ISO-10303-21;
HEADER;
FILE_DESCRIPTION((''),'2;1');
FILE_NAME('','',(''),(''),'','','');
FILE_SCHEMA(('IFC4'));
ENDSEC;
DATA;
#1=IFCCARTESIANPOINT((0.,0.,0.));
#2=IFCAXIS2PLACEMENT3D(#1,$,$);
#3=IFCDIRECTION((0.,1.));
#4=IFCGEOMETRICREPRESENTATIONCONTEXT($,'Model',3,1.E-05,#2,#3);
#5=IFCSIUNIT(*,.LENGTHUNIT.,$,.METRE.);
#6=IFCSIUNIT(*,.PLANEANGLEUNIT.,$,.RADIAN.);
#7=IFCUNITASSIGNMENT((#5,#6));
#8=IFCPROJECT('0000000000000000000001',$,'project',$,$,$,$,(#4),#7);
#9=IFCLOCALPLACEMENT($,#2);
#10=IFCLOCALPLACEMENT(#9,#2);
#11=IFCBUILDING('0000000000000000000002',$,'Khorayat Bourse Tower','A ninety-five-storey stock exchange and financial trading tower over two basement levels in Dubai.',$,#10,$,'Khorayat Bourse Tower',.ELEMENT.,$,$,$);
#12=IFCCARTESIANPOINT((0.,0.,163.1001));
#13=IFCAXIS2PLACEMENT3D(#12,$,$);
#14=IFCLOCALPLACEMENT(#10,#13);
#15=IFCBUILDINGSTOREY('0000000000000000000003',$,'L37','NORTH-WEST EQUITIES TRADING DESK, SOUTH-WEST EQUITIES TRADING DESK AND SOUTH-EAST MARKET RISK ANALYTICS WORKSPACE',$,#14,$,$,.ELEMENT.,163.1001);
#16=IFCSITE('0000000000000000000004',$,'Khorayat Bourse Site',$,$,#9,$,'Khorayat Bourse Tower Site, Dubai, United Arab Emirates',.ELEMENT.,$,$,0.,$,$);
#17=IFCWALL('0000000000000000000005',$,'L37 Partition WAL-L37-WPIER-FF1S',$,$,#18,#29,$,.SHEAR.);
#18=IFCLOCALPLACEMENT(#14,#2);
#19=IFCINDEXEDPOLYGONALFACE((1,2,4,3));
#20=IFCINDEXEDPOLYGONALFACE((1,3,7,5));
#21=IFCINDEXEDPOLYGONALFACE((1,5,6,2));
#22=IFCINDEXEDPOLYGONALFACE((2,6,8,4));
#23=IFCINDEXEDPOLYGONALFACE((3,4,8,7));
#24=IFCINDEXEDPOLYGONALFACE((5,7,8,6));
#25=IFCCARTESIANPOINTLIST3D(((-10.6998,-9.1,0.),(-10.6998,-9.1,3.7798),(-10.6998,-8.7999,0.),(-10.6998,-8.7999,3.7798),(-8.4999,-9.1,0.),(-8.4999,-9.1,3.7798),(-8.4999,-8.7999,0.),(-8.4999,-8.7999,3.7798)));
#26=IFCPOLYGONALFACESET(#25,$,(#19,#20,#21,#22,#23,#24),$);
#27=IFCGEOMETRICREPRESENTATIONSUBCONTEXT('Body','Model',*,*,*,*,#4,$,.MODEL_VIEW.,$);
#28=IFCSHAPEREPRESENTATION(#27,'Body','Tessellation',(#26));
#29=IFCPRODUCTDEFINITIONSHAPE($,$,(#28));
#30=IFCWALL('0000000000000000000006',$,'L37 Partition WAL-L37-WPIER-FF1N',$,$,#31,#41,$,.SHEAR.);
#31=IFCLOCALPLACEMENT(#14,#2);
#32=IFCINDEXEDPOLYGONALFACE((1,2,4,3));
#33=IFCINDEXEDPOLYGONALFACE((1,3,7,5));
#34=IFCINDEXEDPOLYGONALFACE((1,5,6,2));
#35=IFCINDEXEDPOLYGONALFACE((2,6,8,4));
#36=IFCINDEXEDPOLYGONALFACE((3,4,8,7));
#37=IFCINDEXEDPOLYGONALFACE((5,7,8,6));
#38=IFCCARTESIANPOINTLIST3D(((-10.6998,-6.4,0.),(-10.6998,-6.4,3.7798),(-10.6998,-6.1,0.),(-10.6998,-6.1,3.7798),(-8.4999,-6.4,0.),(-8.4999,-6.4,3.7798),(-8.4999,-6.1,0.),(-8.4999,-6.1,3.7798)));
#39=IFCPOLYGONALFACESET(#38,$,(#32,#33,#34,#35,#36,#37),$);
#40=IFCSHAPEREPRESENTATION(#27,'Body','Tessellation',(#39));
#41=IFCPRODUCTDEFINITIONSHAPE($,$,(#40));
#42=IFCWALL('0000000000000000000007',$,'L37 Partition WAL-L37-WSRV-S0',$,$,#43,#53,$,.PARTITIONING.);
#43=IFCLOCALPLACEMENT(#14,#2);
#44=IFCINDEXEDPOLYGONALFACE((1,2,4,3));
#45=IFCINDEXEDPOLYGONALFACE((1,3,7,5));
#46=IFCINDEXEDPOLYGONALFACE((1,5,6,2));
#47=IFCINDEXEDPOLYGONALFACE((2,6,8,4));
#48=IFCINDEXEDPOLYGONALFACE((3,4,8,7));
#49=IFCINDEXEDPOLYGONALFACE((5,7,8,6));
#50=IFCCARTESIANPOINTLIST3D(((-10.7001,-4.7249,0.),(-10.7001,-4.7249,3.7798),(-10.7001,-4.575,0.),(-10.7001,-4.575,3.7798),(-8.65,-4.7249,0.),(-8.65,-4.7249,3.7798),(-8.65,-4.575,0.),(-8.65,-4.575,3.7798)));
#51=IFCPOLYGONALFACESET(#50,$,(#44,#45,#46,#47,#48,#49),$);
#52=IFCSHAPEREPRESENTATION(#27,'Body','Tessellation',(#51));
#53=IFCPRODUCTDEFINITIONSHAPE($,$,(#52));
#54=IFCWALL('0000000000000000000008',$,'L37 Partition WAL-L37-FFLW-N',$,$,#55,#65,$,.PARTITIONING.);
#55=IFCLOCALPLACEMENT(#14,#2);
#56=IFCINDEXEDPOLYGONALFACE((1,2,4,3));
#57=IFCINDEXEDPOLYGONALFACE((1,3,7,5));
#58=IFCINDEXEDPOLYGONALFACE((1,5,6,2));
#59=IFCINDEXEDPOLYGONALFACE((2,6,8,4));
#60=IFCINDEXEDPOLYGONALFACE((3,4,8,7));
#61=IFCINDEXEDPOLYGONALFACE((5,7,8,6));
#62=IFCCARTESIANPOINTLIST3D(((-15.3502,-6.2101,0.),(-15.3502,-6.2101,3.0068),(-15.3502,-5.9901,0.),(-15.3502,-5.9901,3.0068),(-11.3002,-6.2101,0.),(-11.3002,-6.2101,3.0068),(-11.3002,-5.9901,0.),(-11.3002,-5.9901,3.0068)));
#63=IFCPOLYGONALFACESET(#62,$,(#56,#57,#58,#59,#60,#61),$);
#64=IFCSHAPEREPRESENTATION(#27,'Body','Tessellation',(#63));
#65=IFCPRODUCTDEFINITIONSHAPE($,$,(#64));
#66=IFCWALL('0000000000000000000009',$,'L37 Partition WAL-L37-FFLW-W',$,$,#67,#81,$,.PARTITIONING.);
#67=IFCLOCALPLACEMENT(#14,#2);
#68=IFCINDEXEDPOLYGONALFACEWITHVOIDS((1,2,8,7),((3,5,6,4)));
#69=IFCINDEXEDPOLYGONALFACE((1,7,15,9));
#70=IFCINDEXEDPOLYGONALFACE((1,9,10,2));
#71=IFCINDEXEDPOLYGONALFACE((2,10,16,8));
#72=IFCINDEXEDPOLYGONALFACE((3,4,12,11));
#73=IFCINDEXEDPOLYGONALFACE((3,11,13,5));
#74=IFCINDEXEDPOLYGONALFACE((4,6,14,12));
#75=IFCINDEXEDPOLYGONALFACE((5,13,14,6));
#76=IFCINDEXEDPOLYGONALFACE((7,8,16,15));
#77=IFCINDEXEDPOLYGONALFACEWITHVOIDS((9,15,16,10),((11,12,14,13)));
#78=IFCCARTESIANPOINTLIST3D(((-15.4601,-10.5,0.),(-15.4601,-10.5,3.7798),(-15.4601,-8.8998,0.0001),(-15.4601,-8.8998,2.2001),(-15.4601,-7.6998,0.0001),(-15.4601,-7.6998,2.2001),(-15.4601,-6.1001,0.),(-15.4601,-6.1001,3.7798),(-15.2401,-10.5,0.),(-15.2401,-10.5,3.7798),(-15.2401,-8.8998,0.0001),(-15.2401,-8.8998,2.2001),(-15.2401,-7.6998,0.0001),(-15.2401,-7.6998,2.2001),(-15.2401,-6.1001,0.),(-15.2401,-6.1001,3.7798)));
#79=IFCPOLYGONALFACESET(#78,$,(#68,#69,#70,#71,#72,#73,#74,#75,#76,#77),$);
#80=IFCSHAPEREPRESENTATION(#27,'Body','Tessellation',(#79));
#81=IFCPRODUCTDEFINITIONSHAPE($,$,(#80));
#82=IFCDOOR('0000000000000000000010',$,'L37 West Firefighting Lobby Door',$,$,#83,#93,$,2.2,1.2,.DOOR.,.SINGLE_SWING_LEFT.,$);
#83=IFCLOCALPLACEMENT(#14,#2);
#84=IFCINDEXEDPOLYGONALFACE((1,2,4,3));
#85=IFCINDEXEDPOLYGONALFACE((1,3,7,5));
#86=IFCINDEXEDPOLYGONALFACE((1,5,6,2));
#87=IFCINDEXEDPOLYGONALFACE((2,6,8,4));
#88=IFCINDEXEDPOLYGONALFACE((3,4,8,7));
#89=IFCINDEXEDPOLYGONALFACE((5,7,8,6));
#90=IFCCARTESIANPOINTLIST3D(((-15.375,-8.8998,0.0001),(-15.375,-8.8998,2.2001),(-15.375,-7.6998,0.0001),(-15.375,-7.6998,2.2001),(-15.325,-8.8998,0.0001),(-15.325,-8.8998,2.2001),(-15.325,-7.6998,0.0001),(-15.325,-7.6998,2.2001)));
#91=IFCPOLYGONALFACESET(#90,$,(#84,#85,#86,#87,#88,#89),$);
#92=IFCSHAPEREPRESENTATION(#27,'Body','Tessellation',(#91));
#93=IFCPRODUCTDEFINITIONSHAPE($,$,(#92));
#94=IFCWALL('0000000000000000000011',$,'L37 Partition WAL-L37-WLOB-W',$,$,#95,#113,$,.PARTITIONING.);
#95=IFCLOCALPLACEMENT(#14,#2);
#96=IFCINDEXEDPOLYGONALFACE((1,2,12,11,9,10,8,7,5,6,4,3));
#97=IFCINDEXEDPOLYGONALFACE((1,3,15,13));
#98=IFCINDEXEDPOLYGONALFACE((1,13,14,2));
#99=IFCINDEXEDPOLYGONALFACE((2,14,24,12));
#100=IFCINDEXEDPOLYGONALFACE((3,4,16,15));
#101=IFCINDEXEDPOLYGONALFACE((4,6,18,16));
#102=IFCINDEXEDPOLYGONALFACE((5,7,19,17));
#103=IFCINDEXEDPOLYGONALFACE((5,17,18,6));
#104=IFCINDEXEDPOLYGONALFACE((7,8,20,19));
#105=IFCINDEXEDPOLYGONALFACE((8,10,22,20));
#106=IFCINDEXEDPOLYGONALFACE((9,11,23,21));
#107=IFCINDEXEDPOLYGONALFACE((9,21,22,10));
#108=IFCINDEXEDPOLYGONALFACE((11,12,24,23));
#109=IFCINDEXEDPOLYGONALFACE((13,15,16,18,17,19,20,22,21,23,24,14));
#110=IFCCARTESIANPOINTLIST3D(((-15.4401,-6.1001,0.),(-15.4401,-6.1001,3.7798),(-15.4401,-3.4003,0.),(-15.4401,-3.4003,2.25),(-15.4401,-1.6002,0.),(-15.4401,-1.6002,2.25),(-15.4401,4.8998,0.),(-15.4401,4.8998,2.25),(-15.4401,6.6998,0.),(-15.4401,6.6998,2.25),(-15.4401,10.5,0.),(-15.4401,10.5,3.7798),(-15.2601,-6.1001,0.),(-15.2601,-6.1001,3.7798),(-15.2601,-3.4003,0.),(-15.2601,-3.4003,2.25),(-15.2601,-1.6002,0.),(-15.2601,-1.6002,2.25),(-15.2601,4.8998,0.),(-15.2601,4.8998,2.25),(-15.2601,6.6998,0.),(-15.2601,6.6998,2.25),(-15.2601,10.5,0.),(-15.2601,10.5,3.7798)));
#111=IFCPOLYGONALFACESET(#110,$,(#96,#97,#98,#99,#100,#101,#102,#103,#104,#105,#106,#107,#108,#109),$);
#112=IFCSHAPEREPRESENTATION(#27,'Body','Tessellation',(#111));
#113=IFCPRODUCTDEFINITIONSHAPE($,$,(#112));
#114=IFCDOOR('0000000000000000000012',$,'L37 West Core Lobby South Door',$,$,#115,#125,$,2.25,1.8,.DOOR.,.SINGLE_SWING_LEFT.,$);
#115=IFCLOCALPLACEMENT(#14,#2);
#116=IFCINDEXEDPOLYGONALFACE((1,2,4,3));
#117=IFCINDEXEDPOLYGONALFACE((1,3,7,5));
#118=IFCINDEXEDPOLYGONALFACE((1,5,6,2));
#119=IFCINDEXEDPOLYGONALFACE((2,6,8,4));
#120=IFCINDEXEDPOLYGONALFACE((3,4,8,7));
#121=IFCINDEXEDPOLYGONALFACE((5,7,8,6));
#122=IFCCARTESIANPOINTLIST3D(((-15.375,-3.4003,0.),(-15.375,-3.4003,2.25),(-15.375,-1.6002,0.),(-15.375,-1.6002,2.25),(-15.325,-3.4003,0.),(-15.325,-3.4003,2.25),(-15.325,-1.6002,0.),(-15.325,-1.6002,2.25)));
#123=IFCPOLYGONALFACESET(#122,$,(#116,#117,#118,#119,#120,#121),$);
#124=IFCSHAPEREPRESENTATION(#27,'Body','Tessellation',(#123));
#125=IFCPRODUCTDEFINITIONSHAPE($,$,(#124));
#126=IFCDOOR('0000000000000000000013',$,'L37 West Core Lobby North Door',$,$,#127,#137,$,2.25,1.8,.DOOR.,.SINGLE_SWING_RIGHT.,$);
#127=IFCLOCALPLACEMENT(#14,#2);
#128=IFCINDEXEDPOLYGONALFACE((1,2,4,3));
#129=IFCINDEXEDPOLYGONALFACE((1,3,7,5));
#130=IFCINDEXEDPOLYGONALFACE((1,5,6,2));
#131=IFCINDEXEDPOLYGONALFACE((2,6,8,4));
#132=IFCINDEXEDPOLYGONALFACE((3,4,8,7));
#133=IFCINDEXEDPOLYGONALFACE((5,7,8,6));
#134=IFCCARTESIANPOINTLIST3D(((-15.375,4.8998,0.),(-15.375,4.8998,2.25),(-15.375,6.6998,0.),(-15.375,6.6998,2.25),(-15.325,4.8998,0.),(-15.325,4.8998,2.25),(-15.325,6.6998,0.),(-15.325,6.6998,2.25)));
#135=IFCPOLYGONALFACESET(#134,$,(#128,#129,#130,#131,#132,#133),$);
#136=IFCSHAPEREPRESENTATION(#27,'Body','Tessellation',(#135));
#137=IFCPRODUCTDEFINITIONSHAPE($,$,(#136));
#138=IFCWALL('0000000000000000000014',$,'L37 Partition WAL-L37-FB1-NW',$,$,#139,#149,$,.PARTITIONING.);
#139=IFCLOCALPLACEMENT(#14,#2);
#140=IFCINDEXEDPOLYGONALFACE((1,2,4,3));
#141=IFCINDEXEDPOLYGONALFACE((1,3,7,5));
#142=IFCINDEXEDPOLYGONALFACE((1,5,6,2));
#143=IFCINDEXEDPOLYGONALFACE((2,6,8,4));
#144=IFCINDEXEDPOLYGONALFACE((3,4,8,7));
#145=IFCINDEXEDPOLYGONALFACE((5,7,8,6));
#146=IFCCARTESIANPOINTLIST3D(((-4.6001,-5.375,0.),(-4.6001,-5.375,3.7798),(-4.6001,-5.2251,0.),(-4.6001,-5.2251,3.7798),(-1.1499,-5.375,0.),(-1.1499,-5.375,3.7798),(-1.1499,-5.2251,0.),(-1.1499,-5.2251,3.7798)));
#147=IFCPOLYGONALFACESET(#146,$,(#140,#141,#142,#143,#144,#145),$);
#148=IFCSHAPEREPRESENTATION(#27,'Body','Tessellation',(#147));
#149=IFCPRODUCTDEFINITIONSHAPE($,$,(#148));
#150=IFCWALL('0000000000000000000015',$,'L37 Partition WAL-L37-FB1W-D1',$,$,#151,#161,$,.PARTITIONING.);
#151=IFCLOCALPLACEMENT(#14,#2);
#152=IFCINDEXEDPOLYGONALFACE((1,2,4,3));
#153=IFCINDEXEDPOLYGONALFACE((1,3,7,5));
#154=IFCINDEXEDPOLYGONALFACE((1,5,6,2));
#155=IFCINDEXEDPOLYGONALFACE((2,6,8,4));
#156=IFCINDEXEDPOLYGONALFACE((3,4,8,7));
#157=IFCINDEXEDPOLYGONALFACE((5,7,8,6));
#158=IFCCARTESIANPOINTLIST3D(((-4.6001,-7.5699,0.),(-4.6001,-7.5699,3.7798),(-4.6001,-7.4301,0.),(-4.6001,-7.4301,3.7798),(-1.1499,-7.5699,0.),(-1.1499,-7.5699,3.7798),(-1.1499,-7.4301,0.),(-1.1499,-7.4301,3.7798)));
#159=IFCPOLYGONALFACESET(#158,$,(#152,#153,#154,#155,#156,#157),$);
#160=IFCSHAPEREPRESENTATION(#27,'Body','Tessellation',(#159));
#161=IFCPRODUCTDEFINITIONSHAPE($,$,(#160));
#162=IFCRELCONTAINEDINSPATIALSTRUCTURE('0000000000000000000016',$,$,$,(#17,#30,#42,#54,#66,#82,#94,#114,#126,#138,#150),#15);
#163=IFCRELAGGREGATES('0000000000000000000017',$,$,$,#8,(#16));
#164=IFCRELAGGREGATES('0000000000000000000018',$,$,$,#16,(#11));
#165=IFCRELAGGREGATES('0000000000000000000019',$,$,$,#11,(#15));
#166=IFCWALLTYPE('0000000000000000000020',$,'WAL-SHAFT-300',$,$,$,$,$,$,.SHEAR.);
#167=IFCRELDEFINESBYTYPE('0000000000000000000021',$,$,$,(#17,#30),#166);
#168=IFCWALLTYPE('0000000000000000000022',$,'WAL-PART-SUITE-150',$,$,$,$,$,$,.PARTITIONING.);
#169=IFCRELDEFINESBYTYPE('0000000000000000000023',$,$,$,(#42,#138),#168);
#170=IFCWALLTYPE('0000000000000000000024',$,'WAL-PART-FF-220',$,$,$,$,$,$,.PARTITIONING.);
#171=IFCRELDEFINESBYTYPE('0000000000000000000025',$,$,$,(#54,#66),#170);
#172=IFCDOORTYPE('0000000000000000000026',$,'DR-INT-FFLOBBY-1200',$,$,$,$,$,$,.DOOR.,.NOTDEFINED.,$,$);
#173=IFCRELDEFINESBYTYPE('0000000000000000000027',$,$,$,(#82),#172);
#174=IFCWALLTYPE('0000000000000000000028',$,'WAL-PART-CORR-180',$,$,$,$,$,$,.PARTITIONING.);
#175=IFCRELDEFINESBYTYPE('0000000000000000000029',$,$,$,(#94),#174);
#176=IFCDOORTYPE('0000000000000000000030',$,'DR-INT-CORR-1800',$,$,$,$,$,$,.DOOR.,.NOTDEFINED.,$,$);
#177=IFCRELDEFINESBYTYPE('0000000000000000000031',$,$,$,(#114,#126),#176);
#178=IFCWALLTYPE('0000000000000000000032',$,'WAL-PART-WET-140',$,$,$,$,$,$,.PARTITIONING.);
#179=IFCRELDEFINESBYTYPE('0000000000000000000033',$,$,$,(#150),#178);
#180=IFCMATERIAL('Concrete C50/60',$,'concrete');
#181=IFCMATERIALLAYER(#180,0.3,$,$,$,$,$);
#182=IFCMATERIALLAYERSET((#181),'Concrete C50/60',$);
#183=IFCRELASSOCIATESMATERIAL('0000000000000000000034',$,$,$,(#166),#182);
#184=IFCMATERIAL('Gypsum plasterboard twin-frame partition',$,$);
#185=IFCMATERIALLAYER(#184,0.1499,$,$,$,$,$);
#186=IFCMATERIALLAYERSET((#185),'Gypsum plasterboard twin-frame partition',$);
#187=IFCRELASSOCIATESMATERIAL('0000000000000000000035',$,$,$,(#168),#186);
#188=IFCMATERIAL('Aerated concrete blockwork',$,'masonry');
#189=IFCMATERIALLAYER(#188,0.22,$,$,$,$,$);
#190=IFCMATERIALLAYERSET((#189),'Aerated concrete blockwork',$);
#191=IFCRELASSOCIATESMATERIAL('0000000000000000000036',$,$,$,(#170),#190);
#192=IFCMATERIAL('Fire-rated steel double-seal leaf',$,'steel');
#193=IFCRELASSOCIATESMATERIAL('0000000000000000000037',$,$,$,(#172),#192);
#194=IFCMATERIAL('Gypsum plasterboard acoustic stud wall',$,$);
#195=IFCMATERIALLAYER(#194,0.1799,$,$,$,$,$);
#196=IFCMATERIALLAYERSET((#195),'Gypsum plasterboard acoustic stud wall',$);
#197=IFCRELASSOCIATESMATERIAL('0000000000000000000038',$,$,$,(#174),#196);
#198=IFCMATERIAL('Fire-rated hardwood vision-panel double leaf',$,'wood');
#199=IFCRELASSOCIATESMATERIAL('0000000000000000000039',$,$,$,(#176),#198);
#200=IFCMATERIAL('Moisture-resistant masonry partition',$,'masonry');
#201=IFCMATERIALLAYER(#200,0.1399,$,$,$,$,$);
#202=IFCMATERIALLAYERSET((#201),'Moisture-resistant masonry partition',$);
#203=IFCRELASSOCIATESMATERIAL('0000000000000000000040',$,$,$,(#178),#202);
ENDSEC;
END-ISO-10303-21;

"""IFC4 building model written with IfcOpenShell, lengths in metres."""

from ifc_helpers import new_model, si_unit, direction, frame, frame_2d, origin, place, context, subcontext, project, spatial, rectangle, extrude, source, transform, mapped, material, layer, layer_set, type_object, element, fill, save


model = new_model("IFC4")

# Units and contexts
model_context = context("Model", 3, precision=1e-05, world=origin(), true_north=direction((0.0, 1.0)))
body_context = subcontext(model_context, "Body", "Model", "MODEL_VIEW")
ifc_project = project(units=[si_unit("LENGTHUNIT", "METRE"), si_unit("PLANEANGLEUNIT", "RADIAN")], contexts=[model_context])

# Site, building, storey
site_placement = place(None, origin())
site = spatial("IfcSite", under=ifc_project, at=site_placement, Name="Khorayat Bourse Site", LongName="Khorayat Bourse Tower Site, Dubai, United Arab Emirates", CompositionType="ELEMENT", RefElevation=0.0)
building_placement = place(site_placement, origin())
building = spatial("IfcBuilding", under=site, at=building_placement, Name="Khorayat Bourse Tower", Description="A ninety-five-storey stock exchange and financial trading tower over two basement levels in Dubai.", LongName="Khorayat Bourse Tower", CompositionType="ELEMENT")
storey_placement = place(building_placement, frame((0.0, 0.0, 163.1001)))
storey = spatial("IfcBuildingStorey", under=building, at=storey_placement, Name="L37", Description="NORTH-WEST EQUITIES TRADING DESK, SOUTH-WEST EQUITIES TRADING DESK AND SOUTH-EAST MARKET RISK ANALYTICS WORKSPACE", CompositionType="ELEMENT", Elevation=163.1001)

# Walls
ifc_material_1 = material(Name="Concrete C50/60", Category="concrete")
ifc_layer_1 = layer(ifc_material_1, 0.3)
ifc_layer_set_1 = layer_set([ifc_layer_1], Name="Concrete C50/60")
wall_type_1 = type_object("IfcWallType", Name="WAL-SHAFT-300", PredefinedType="SHEAR", material=ifc_layer_set_1)
shared_shape_1 = source(origin(), body_context, "Body", "SweptSolid", [
    extrude(rectangle(XDim=2.2, YDim=0.3, at=frame_2d((1.1001, 0.0))), origin(), (0.0, 0.0, 1.0), 3.7798),
])
for number, where, z_axis, x_axis, name in (
    (1, (-10.7, -8.95, 0.0), (0.0, 0.0, 1.0), (1.0, 0.0, 0.0), "L37 Partition WAL-L37-WPIER-FF1S"),
    (2, (-10.7, -6.25, 0.0), (0.0, 0.0, 1.0), (1.0, 0.0, 0.0), "L37 Partition WAL-L37-WPIER-FF1N"),
):
    element("IfcWall", number, at=place(storey_placement, frame(where, z_axis=z_axis, x_axis=x_axis)), inside=storey, type_object=wall_type_1, Name=name, PredefinedType="SHEAR", context=body_context, shape_type="MappedRepresentation", body=[
        mapped(shared_shape_1, transform((0.0, 0.0, 0.0), scale=1.0)),
    ])
ifc_material_2 = material(Name="Gypsum plasterboard twin-frame partition")
ifc_layer_2 = layer(ifc_material_2, 0.1499)
ifc_layer_set_2 = layer_set([ifc_layer_2], Name="Gypsum plasterboard twin-frame partition")
wall_type_2 = type_object("IfcWallType", Name="WAL-PART-SUITE-150", PredefinedType="PARTITIONING", material=ifc_layer_set_2)
shared_shape_2 = source(origin(), body_context, "Body", "SweptSolid", [
    extrude(rectangle(XDim=2.05, YDim=0.1499, at=frame_2d((1.0249, 0.0))), origin(), (0.0, 0.0, 1.0), 3.7798),
])
wall_1_placement = place(storey_placement, frame((-10.7, -4.6499, 0.0), z_axis=(0.0, 0.0, 1.0), x_axis=(1.0, 0.0, 0.0)))
element("IfcWall", 3, at=wall_1_placement, inside=storey, type_object=wall_type_2, Name="L37 Partition WAL-L37-WSRV-S0", PredefinedType="PARTITIONING", context=body_context, shape_type="MappedRepresentation", body=[
    mapped(shared_shape_2, transform((0.0, 0.0, 0.0), scale=1.0)),
])
ifc_material_3 = material(Name="Aerated concrete blockwork", Category="masonry")
ifc_layer_3 = layer(ifc_material_3, 0.22)
ifc_layer_set_3 = layer_set([ifc_layer_3], Name="Aerated concrete blockwork")
wall_type_3 = type_object("IfcWallType", Name="WAL-PART-FF-220", PredefinedType="PARTITIONING", material=ifc_layer_set_3)
shared_shape_3 = source(origin(), body_context, "Body", "SweptSolid", [
    extrude(rectangle(XDim=4.05, YDim=0.22, at=frame_2d((2.0249, 0.0))), origin(), (0.0, 0.0, 1.0), 3.0068),
])
wall_2_placement = place(storey_placement, frame((-15.3501, -6.1001, 0.0), z_axis=(0.0, 0.0, 1.0), x_axis=(1.0, 0.0, 0.0)))
element("IfcWall", 4, at=wall_2_placement, inside=storey, type_object=wall_type_3, Name="L37 Partition WAL-L37-FFLW-N", PredefinedType="PARTITIONING", context=body_context, shape_type="MappedRepresentation", body=[
    mapped(shared_shape_3, transform((0.0, 0.0, 0.0), scale=1.0)),
])

# Wall, opening, door
shared_shape_4 = source(origin(), body_context, "Body", "SweptSolid", [
    extrude(rectangle(XDim=4.3999, YDim=0.22, at=frame_2d((2.2, 0.0))), origin(), (0.0, 0.0, 1.0), 3.7798),
])
wall_3_placement = place(storey_placement, frame((-15.3501, -10.5, 0.0), z_axis=(0.0, 0.0, 1.0), x_axis=(0.0, 1.0, 0.0)))
wall_3 = element("IfcWall", 5, at=wall_3_placement, inside=storey, type_object=wall_type_3, Name="L37 Partition WAL-L37-FFLW-W", PredefinedType="PARTITIONING", context=body_context, shape_type="MappedRepresentation", body=[
    mapped(shared_shape_4, transform((0.0, 0.0, 0.0), scale=1.0)),
])
shared_shape_5 = source(origin(), body_context, "Body", "SweptSolid", [
    extrude(rectangle(XDim=1.2, YDim=2.2, at=frame_2d((0.6001, 1.1001))), frame((0.0, 0.1199, 0.0), z_axis=(0.0, -1.0, 0.0), x_axis=(1.0, 0.0, 0.0)), (0.0, 0.0, 1.0), 0.24),
])
opening_1_placement = place(wall_3_placement, frame((1.6001, 0.0, 0.0)))
opening_1 = element("IfcOpeningElement", 6, at=opening_1_placement, cuts=wall_3, PredefinedType="OPENING", context=body_context, shape_type="MappedRepresentation", body=[
    mapped(shared_shape_5, transform((0.0, 0.0, 0.0), scale=1.0)),
])
ifc_material_4 = material(Name="Fire-rated steel double-seal leaf", Category="steel")
door_type_1 = type_object("IfcDoorType", Name="DR-INT-FFLOBBY-1200", OperationType="NOTDEFINED", PredefinedType="DOOR", material=ifc_material_4)
shared_shape_6 = source(origin(), body_context, "Body", "SweptSolid", [
    extrude(rectangle(XDim=1.2, YDim=2.2, at=frame_2d((0.6001, 1.1001))), frame((0.0, 0.0249, 0.0), z_axis=(0.0, -1.0, 0.0), x_axis=(1.0, 0.0, 0.0)), (0.0, 0.0, 1.0), 0.05),
])
door_1_placement = place(opening_1_placement, origin())
door_1 = element("IfcDoor", 7, at=door_1_placement, inside=storey, type_object=door_type_1, Name="L37 West Firefighting Lobby Door", OperationType="SINGLE_SWING_LEFT", OverallHeight=2.2, OverallWidth=1.2, PredefinedType="DOOR", context=body_context, shape_type="MappedRepresentation", body=[
    mapped(shared_shape_6, transform((0.0, 0.0, 0.0), scale=1.0)),
])
fill(opening_1, door_1)

# Wall, openings, doors
ifc_material_5 = material(Name="Gypsum plasterboard acoustic stud wall")
ifc_layer_4 = layer(ifc_material_5, 0.1799)
ifc_layer_set_4 = layer_set([ifc_layer_4], Name="Gypsum plasterboard acoustic stud wall")
wall_type_4 = type_object("IfcWallType", Name="WAL-PART-CORR-180", PredefinedType="PARTITIONING", material=ifc_layer_set_4)
shared_shape_7 = source(origin(), body_context, "Body", "SweptSolid", [
    extrude(rectangle(XDim=16.6001, YDim=0.1799, at=frame_2d((8.3, 0.0))), origin(), (0.0, 0.0, 1.0), 3.7798),
])
wall_4_placement = place(storey_placement, frame((-15.3501, -6.1001, 0.0), z_axis=(0.0, 0.0, 1.0), x_axis=(0.0, 1.0, 0.0)))
wall_4 = element("IfcWall", 8, at=wall_4_placement, inside=storey, type_object=wall_type_4, Name="L37 Partition WAL-L37-WLOB-W", PredefinedType="PARTITIONING", context=body_context, shape_type="MappedRepresentation", body=[
    mapped(shared_shape_7, transform((0.0, 0.0, 0.0), scale=1.0)),
])
shared_shape_8 = source(origin(), body_context, "Body", "SweptSolid", [
    extrude(rectangle(XDim=1.8, YDim=2.25, at=frame_2d((0.8999, 1.125))), frame((0.0, 0.0999, 0.0), z_axis=(0.0, -1.0, 0.0), x_axis=(1.0, 0.0, 0.0)), (0.0, 0.0, 1.0), 0.2),
])
opening_2_placement = place(wall_4_placement, frame((2.7, 0.0, 0.0)))
opening_2 = element("IfcOpeningElement", 9, at=opening_2_placement, cuts=wall_4, PredefinedType="OPENING", context=body_context, shape_type="MappedRepresentation", body=[
    mapped(shared_shape_8, transform((0.0, 0.0, 0.0), scale=1.0)),
])
opening_3_placement = place(wall_4_placement, frame((11.0, 0.0, 0.0)))
opening_3 = element("IfcOpeningElement", 10, at=opening_3_placement, cuts=wall_4, PredefinedType="OPENING", context=body_context, shape_type="MappedRepresentation", body=[
    mapped(shared_shape_8, transform((0.0, 0.0, 0.0), scale=1.0)),
])
ifc_material_6 = material(Name="Fire-rated hardwood vision-panel double leaf", Category="wood")
door_type_2 = type_object("IfcDoorType", Name="DR-INT-CORR-1800", OperationType="NOTDEFINED", PredefinedType="DOOR", material=ifc_material_6)
shared_shape_9 = source(origin(), body_context, "Body", "SweptSolid", [
    extrude(rectangle(XDim=1.8, YDim=2.25, at=frame_2d((0.8999, 1.125))), frame((0.0, 0.0249, 0.0), z_axis=(0.0, -1.0, 0.0), x_axis=(1.0, 0.0, 0.0)), (0.0, 0.0, 1.0), 0.05),
])
door_2_placement = place(opening_2_placement, origin())
door_2 = element("IfcDoor", 11, at=door_2_placement, inside=storey, type_object=door_type_2, Name="L37 West Core Lobby South Door", OperationType="SINGLE_SWING_LEFT", OverallHeight=2.25, OverallWidth=1.8, PredefinedType="DOOR", context=body_context, shape_type="MappedRepresentation", body=[
    mapped(shared_shape_9, transform((0.0, 0.0, 0.0), scale=1.0)),
])
fill(opening_2, door_2)
door_3_placement = place(opening_3_placement, origin())
door_3 = element("IfcDoor", 12, at=door_3_placement, inside=storey, type_object=door_type_2, Name="L37 West Core Lobby North Door", OperationType="SINGLE_SWING_RIGHT", OverallHeight=2.25, OverallWidth=1.8, PredefinedType="DOOR", context=body_context, shape_type="MappedRepresentation", body=[
    mapped(shared_shape_9, transform((0.0, 0.0, 0.0), scale=1.0)),
])
fill(opening_3, door_3)

# Walls
shared_shape_10 = source(origin(), body_context, "Body", "SweptSolid", [
    extrude(rectangle(XDim=3.4502, YDim=0.1499, at=frame_2d((1.7251, 0.0))), origin(), (0.0, 0.0, 1.0), 3.7798),
])
wall_5_placement = place(storey_placement, frame((-4.6001, -5.3, 0.0), z_axis=(0.0, 0.0, 1.0), x_axis=(1.0, 0.0, 0.0)))
element("IfcWall", 13, at=wall_5_placement, inside=storey, type_object=wall_type_2, Name="L37 Partition WAL-L37-FB1-NW", PredefinedType="PARTITIONING", context=body_context, shape_type="MappedRepresentation", body=[
    mapped(shared_shape_10, transform((0.0, 0.0, 0.0), scale=1.0)),
])
ifc_material_7 = material(Name="Moisture-resistant masonry partition", Category="masonry")
ifc_layer_5 = layer(ifc_material_7, 0.1399)
ifc_layer_set_5 = layer_set([ifc_layer_5], Name="Moisture-resistant masonry partition")
wall_type_5 = type_object("IfcWallType", Name="WAL-PART-WET-140", PredefinedType="PARTITIONING", material=ifc_layer_set_5)
shared_shape_11 = source(origin(), body_context, "Body", "SweptSolid", [
    extrude(rectangle(XDim=3.4502, YDim=0.1399, at=frame_2d((1.7251, 0.0))), origin(), (0.0, 0.0, 1.0), 3.7798),
])
wall_6_placement = place(storey_placement, frame((-4.6001, -7.5, 0.0), z_axis=(0.0, 0.0, 1.0), x_axis=(1.0, 0.0, 0.0)))
element("IfcWall", 14, at=wall_6_placement, inside=storey, type_object=wall_type_5, Name="L37 Partition WAL-L37-FB1W-D1", PredefinedType="PARTITIONING", context=body_context, shape_type="MappedRepresentation", body=[
    mapped(shared_shape_11, transform((0.0, 0.0, 0.0), scale=1.0)),
])

save(model, "model.ifc")
